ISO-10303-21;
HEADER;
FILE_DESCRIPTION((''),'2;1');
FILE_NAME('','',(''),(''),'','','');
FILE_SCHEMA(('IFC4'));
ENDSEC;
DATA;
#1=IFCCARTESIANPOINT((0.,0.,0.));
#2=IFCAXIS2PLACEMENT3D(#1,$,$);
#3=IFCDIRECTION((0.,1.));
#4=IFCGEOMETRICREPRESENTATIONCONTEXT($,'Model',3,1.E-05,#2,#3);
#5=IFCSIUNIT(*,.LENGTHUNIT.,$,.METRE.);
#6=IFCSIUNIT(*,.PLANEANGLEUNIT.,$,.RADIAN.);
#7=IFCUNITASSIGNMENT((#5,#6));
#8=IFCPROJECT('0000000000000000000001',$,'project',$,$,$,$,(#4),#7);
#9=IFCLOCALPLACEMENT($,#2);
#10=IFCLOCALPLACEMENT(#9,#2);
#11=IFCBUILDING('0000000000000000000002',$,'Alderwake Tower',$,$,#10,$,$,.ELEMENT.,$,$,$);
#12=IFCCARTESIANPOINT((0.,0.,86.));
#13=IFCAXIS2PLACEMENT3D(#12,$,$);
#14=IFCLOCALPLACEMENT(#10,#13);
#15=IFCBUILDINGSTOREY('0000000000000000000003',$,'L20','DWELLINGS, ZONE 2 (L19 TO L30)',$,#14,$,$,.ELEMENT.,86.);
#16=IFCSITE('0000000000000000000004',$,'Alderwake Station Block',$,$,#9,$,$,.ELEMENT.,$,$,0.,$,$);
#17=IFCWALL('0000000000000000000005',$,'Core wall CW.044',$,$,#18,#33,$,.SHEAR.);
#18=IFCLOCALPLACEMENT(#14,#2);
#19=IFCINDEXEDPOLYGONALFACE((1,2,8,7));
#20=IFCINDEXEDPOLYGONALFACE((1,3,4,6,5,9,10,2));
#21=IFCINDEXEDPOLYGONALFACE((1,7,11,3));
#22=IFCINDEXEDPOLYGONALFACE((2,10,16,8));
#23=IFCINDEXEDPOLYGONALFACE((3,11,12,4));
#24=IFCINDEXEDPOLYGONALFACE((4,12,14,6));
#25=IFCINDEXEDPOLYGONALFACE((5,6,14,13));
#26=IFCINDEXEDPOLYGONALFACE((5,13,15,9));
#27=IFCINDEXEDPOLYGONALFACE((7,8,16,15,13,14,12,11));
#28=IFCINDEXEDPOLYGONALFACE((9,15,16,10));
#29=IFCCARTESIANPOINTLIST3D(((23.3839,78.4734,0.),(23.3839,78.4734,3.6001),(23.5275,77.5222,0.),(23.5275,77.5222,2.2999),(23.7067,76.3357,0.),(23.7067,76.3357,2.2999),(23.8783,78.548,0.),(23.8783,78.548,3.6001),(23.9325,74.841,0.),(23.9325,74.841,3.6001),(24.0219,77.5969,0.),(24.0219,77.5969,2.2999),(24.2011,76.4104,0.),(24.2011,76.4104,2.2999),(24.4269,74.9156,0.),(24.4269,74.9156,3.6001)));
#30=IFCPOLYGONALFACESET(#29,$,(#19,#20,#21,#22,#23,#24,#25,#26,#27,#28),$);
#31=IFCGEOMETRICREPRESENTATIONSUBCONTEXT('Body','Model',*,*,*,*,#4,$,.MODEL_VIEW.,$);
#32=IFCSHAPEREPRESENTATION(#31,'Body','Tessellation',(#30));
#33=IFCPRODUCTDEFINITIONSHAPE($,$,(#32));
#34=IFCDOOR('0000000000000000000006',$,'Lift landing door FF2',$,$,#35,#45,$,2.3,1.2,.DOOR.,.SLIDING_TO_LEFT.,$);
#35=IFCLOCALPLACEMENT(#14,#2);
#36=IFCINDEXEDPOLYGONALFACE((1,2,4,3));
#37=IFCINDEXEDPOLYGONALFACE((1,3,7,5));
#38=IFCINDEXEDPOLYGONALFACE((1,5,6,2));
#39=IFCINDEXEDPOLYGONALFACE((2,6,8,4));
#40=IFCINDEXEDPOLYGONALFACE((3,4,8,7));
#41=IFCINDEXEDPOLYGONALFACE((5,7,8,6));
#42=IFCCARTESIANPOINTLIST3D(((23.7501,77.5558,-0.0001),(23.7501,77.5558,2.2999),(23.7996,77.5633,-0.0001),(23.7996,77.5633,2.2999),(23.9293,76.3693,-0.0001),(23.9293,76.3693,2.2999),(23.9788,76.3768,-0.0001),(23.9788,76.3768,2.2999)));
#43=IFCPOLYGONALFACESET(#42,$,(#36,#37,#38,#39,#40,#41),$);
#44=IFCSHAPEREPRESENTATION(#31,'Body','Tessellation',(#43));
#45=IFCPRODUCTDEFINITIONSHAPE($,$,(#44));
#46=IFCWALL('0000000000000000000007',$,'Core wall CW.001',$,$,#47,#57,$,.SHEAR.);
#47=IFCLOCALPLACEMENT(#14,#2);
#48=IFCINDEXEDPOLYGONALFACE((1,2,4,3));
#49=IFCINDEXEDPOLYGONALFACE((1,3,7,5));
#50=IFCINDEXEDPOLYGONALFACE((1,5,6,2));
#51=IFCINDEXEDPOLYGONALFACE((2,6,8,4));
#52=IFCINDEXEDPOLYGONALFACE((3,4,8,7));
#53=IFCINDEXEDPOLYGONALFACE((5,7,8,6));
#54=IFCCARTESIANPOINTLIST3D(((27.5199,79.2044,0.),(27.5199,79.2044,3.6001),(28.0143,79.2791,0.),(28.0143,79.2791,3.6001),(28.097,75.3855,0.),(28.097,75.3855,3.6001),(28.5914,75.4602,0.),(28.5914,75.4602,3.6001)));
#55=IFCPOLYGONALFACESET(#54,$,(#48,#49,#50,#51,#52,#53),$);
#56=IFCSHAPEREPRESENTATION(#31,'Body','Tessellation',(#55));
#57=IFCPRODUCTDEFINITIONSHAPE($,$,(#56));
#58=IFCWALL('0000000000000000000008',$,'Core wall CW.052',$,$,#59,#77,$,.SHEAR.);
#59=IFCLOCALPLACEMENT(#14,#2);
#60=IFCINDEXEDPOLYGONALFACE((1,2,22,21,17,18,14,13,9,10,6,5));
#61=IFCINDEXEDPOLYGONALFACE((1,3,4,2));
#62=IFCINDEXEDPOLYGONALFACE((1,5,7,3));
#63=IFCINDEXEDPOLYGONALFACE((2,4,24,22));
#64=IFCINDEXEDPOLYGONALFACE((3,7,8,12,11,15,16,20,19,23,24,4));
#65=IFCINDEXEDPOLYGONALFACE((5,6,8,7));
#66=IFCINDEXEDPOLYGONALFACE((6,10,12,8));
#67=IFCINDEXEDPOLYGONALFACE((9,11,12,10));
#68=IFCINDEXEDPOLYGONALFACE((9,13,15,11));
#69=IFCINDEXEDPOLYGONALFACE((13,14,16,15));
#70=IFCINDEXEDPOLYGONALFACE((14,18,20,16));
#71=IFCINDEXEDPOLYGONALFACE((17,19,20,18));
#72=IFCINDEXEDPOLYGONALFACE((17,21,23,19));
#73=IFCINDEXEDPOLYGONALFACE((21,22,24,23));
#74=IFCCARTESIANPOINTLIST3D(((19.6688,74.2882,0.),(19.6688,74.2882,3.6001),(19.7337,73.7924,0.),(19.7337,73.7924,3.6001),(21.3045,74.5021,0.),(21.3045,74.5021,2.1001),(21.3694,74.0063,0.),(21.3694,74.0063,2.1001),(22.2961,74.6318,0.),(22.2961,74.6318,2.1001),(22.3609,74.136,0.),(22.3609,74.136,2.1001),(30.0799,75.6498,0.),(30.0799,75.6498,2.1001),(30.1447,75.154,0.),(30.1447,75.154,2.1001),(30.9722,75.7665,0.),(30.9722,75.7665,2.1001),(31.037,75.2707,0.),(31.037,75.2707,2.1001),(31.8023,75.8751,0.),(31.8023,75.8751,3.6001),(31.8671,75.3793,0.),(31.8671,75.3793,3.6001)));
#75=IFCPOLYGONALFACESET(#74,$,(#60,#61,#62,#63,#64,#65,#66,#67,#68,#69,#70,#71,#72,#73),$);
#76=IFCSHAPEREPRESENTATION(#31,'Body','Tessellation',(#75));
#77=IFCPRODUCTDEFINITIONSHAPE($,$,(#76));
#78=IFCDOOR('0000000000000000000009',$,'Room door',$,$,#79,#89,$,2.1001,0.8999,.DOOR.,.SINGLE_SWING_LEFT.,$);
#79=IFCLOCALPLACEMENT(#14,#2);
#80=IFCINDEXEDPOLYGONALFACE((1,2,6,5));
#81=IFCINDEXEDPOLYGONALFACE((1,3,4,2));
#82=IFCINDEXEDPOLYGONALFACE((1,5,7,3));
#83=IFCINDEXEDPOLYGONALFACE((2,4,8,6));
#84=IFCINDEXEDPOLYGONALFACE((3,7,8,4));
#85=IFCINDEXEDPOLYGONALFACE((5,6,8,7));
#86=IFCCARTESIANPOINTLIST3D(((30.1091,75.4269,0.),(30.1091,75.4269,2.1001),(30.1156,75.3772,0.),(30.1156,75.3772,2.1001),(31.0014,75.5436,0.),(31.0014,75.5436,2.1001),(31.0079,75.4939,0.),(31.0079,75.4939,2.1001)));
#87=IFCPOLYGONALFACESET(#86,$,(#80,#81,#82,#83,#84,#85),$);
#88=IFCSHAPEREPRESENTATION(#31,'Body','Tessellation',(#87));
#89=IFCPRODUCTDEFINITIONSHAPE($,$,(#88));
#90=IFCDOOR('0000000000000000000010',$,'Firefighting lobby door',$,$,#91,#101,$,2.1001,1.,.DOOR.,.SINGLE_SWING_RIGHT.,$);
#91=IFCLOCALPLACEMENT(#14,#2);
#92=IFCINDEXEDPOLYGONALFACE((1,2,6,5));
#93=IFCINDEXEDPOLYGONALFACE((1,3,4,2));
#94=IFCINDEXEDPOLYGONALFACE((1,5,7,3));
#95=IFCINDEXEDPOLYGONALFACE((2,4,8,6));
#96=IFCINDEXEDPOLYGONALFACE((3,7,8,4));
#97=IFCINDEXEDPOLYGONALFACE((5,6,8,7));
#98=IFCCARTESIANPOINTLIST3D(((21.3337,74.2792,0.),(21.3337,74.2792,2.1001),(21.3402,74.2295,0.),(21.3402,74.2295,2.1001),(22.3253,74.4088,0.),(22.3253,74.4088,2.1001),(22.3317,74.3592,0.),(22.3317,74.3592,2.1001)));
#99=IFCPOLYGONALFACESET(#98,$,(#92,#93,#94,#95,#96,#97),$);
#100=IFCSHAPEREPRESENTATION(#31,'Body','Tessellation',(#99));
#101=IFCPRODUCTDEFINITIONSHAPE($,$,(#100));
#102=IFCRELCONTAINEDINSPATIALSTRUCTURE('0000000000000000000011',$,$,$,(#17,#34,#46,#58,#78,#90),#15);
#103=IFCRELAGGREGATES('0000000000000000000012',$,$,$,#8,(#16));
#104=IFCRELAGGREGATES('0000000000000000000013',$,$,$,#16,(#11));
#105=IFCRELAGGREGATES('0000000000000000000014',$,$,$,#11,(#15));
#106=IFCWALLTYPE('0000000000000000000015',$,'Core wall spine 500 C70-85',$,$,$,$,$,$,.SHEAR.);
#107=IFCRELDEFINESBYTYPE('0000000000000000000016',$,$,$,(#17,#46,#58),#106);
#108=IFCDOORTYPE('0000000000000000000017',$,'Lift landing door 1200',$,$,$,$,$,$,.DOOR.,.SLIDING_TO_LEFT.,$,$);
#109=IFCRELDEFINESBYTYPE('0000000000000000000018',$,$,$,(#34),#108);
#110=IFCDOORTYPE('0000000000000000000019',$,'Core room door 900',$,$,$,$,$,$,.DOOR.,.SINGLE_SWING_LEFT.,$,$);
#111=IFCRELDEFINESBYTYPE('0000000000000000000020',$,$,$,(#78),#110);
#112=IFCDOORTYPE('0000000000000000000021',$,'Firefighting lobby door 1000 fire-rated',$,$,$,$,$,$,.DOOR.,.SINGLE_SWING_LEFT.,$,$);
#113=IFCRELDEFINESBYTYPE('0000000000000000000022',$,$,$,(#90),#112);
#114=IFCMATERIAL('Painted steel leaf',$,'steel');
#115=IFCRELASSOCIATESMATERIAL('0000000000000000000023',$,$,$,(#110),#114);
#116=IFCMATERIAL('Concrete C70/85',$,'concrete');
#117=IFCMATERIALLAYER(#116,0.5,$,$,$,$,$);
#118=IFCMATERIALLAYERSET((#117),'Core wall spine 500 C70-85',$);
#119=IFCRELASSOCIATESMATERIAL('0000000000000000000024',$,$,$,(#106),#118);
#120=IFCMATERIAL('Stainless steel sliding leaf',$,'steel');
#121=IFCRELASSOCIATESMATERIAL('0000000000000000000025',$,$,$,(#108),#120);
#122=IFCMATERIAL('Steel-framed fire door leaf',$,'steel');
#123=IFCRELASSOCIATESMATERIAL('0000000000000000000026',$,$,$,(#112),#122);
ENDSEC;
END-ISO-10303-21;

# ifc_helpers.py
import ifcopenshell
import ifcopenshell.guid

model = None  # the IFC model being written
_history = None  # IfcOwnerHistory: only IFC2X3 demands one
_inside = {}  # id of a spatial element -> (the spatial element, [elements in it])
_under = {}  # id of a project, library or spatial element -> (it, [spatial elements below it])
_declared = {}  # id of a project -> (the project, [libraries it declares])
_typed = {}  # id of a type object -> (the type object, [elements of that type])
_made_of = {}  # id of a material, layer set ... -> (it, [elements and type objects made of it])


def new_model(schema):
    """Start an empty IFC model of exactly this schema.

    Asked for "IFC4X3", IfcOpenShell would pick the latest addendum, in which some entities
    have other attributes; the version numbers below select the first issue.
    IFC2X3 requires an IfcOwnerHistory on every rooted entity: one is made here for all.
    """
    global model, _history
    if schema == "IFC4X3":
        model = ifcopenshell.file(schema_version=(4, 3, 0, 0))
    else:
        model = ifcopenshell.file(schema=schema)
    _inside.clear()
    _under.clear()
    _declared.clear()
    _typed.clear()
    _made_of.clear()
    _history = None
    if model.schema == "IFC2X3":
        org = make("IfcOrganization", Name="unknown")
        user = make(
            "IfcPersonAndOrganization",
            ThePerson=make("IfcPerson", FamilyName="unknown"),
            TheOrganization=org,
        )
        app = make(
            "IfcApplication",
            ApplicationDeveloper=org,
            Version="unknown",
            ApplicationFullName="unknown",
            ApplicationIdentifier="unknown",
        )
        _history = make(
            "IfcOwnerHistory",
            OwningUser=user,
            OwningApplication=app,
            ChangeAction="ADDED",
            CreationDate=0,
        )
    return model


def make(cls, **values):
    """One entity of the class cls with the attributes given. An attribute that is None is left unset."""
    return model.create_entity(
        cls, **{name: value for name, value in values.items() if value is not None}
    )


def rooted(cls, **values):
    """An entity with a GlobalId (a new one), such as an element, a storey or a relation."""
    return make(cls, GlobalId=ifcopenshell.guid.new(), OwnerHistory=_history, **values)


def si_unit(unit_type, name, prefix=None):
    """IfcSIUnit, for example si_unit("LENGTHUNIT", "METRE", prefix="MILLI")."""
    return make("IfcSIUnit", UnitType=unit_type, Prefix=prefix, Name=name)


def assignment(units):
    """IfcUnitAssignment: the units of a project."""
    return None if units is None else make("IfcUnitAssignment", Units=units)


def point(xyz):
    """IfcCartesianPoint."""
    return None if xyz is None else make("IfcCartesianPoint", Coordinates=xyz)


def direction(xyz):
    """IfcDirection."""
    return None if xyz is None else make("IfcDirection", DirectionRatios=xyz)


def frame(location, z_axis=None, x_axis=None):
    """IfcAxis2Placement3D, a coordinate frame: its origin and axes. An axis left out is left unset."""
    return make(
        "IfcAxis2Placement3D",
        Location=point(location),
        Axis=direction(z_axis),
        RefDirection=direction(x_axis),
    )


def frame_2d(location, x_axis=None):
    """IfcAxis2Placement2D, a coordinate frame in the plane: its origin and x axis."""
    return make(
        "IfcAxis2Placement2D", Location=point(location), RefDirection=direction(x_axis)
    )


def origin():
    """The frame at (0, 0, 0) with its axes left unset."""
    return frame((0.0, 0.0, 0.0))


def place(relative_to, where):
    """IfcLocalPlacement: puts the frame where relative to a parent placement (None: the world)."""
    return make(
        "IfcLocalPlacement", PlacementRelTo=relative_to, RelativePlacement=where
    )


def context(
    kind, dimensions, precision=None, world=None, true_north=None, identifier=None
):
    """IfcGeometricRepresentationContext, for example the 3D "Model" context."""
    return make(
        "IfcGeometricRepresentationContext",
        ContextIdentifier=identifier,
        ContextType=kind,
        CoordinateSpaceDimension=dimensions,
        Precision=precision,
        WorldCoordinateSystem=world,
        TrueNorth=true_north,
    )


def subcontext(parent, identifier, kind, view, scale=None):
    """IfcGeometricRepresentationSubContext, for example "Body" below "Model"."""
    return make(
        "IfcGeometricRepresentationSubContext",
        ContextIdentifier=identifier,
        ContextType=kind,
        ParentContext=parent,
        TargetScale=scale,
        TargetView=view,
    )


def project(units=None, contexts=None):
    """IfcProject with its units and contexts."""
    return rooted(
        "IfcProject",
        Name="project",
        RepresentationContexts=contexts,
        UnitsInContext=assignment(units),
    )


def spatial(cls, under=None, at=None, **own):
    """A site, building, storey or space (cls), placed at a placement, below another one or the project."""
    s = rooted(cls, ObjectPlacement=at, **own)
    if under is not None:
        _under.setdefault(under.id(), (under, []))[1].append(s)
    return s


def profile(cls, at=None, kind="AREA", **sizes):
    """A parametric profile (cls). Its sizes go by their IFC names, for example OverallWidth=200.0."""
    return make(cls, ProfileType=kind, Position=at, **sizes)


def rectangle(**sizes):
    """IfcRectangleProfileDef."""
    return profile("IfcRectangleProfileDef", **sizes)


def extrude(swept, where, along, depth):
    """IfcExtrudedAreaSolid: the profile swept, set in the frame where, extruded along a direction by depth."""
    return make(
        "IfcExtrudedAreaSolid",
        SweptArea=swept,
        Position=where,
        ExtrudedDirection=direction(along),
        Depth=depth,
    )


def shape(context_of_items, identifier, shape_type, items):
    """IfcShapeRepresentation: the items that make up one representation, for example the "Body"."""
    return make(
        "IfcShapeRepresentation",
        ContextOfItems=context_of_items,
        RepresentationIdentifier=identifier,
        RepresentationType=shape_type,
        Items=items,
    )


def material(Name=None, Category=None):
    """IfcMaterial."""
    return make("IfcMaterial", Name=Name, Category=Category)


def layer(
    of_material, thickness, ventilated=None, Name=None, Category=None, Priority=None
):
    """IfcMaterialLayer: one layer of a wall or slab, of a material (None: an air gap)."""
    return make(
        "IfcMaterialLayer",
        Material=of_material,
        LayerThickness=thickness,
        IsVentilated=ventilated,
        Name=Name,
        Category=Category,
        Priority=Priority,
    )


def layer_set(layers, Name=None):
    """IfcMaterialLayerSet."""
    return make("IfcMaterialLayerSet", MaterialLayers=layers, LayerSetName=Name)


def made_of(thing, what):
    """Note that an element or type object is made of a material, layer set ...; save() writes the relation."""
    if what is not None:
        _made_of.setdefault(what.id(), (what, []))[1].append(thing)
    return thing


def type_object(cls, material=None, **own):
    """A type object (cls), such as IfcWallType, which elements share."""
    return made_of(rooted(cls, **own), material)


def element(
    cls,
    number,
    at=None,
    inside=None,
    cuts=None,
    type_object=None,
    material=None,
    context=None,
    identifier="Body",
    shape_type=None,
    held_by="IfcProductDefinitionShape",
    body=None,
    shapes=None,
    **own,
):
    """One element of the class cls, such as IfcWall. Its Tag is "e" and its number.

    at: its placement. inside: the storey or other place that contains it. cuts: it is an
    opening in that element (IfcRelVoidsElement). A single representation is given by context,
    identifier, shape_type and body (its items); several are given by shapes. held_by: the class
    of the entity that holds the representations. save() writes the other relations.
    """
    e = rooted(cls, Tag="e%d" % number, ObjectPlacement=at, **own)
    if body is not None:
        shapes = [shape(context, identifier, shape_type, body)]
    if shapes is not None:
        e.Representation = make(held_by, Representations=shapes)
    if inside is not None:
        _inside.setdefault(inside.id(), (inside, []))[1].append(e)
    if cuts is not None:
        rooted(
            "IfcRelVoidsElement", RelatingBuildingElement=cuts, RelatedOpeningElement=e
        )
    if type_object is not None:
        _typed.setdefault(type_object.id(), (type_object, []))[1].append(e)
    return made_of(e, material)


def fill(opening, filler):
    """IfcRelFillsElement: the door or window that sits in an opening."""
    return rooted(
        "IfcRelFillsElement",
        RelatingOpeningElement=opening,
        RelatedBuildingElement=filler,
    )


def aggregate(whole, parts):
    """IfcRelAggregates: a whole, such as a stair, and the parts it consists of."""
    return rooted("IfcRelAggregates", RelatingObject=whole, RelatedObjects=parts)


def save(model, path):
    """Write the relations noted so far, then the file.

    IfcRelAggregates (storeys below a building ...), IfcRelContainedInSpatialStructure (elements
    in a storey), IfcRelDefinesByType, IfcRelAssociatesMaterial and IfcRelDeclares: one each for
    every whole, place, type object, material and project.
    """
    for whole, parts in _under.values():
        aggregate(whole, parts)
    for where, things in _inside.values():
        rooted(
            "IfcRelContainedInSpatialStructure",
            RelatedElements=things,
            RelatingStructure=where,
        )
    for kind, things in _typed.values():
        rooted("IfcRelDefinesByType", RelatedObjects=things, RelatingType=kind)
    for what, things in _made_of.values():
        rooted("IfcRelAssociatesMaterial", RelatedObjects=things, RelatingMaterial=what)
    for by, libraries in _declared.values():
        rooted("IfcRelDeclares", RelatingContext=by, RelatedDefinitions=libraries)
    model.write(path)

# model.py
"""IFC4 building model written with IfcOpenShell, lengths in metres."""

from ifc_helpers import new_model, si_unit, direction, frame, frame_2d, origin, place, context, subcontext, project, spatial, rectangle, extrude, material, layer, layer_set, type_object, element, fill, save


model = new_model("IFC4")

# Units and contexts
model_context = context("Model", 3, precision=1e-05, world=origin(), true_north=direction((0.0, 1.0)))
body_context = subcontext(model_context, "Body", "Model", "MODEL_VIEW")
ifc_project = project(units=[si_unit("LENGTHUNIT", "METRE"), si_unit("PLANEANGLEUNIT", "RADIAN")], contexts=[model_context])

# Site, building, storey
site_placement = place(None, origin())
site = spatial("IfcSite", under=ifc_project, at=site_placement, Name="Alderwake Station Block", CompositionType="ELEMENT", RefElevation=0.0)
building_placement = place(site_placement, origin())
building = spatial("IfcBuilding", under=site, at=building_placement, Name="Alderwake Tower", CompositionType="ELEMENT")
storey_placement = place(building_placement, frame((0.0, 0.0, 86.0)))
storey = spatial("IfcBuildingStorey", under=building, at=storey_placement, Name="L20", Description="DWELLINGS, ZONE 2 (L19 TO L30)", CompositionType="ELEMENT", Elevation=86.0)

# Wall, opening, door
ifc_material_1 = material(Name="Painted steel leaf", Category="steel")
door_type_1 = type_object("IfcDoorType", Name="Core room door 900", OperationType="SINGLE_SWING_LEFT", PredefinedType="DOOR", material=ifc_material_1)
ifc_material_2 = material(Name="Concrete C70/85", Category="concrete")
ifc_layer_1 = layer(ifc_material_2, 0.5)
ifc_layer_set_1 = layer_set([ifc_layer_1], Name="Core wall spine 500 C70-85")
wall_type_1 = type_object("IfcWallType", Name="Core wall spine 500 C70-85", PredefinedType="SHEAR", material=ifc_layer_set_1)
wall_1_placement = place(storey_placement, frame((24.1797, 74.8782, 0.0), z_axis=(0.0, 0.0, 1.0), x_axis=(-0.149335, 0.988787, 0.0)))
wall_1 = element("IfcWall", 1, at=wall_1_placement, inside=storey, type_object=wall_type_1, Name="Core wall CW.044", PredefinedType="SHEAR", context=body_context, shape_type="SweptSolid", body=[
    extrude(rectangle(XDim=3.6736, YDim=0.5, at=frame_2d((1.8369, 0.0))), origin(), (0.0, 0.0, 1.0), 3.6001),
])
opening_1_placement = place(wall_1_placement, frame((1.5117, 0.0, 0.0)))
opening_1 = element("IfcOpeningElement", 2, at=opening_1_placement, cuts=wall_1, PredefinedType="OPENING", context=body_context, shape_type="SweptSolid", body=[
    extrude(rectangle(XDim=1.2, YDim=2.3, at=frame_2d((0.6001, 1.1499))), frame((0.0, 0.26, 0.0), z_axis=(0.0, -1.0, 0.0), x_axis=(1.0, 0.0, 0.0)), (0.0, 0.0, 1.0), 0.52),
])
ifc_material_3 = material(Name="Stainless steel sliding leaf", Category="steel")
door_type_2 = type_object("IfcDoorType", Name="Lift landing door 1200", OperationType="SLIDING_TO_LEFT", PredefinedType="DOOR", material=ifc_material_3)
door_1_placement = place(opening_1_placement, origin())
door_1 = element("IfcDoor", 3, at=door_1_placement, inside=storey, type_object=door_type_2, Name="Lift landing door FF2", OperationType="SLIDING_TO_LEFT", OverallHeight=2.3, OverallWidth=1.2, PredefinedType="DOOR", context=body_context, shape_type="SweptSolid", body=[
    extrude(rectangle(XDim=1.2, YDim=2.3, at=frame_2d((0.6001, 1.1499))), frame((0.0, 0.0249, 0.0), z_axis=(0.0, -1.0, 0.0), x_axis=(1.0, 0.0, 0.0)), (0.0, 0.0, 1.0), 0.05),
])
fill(opening_1, door_1)

# Wall
wall_2_placement = place(storey_placement, frame((28.3442, 75.4229, 0.0), z_axis=(0.0, 0.0, 1.0), x_axis=(-0.149435, 0.988772, 0.0)))
element("IfcWall", 4, at=wall_2_placement, inside=storey, type_object=wall_type_1, Name="Core wall CW.001", PredefinedType="SHEAR", context=body_context, shape_type="SweptSolid", body=[
    extrude(rectangle(XDim=3.8623, YDim=0.5, at=frame_2d((1.9312, 0.0))), origin(), (0.0, 0.0, 1.0), 3.6001),
])

# Wall, openings, doors
wall_3_placement = place(storey_placement, frame((31.8347, 75.6272, 0.0), z_axis=(0.0, 0.0, 1.0), x_axis=(-0.991556, -0.129683, 0.0)))
wall_3 = element("IfcWall", 5, at=wall_3_placement, inside=storey, type_object=wall_type_1, Name="Core wall CW.052", PredefinedType="SHEAR", context=body_context, shape_type="SweptSolid", body=[
    extrude(rectangle(XDim=12.2368, YDim=0.5, at=frame_2d((6.1184, 0.0))), origin(), (0.0, 0.0, 1.0), 3.6001),
])
opening_2_placement = place(wall_3_placement, frame((9.5872, 0.0, 0.0)))
opening_2 = element("IfcOpeningElement", 6, at=opening_2_placement, cuts=wall_3, PredefinedType="OPENING", context=body_context, shape_type="SweptSolid", body=[
    extrude(rectangle(XDim=1.0, YDim=2.1001, at=frame_2d((0.5, 1.05))), frame((0.0, 0.26, 0.0), z_axis=(0.0, -1.0, 0.0), x_axis=(1.0, 0.0, 0.0)), (0.0, 0.0, 1.0), 0.52),
])
opening_3_placement = place(wall_3_placement, frame((0.8372, 0.0, 0.0)))
opening_3 = element("IfcOpeningElement", 7, at=opening_3_placement, cuts=wall_3, PredefinedType="OPENING", context=body_context, shape_type="SweptSolid", body=[
    extrude(rectangle(XDim=0.8999, YDim=2.1001, at=frame_2d((0.45, 1.05))), frame((0.0, 0.26, 0.0), z_axis=(0.0, -1.0, 0.0), x_axis=(1.0, 0.0, 0.0)), (0.0, 0.0, 1.0), 0.52),
])
door_2_placement = place(opening_3_placement, origin())
door_2 = element("IfcDoor", 8, at=door_2_placement, inside=storey, type_object=door_type_1, Name="Room door", OperationType="SINGLE_SWING_LEFT", OverallHeight=2.1001, OverallWidth=0.8999, PredefinedType="DOOR", context=body_context, shape_type="SweptSolid", body=[
    extrude(rectangle(XDim=0.8999, YDim=2.1001, at=frame_2d((0.45, 1.05))), frame((0.0, 0.0249, 0.0), z_axis=(0.0, -1.0, 0.0), x_axis=(1.0, 0.0, 0.0)), (0.0, 0.0, 1.0), 0.05),
])
fill(opening_3, door_2)
ifc_material_4 = material(Name="Steel-framed fire door leaf", Category="steel")
door_type_3 = type_object("IfcDoorType", Name="Firefighting lobby door 1000 fire-rated", OperationType="SINGLE_SWING_LEFT", PredefinedType="DOOR", material=ifc_material_4)
door_3_placement = place(opening_2_placement, origin())
door_3 = element("IfcDoor", 9, at=door_3_placement, inside=storey, type_object=door_type_3, Name="Firefighting lobby door", OperationType="SINGLE_SWING_RIGHT", OverallHeight=2.1001, OverallWidth=1.0, PredefinedType="DOOR", context=body_context, shape_type="SweptSolid", body=[
    extrude(rectangle(XDim=1.0, YDim=2.1001, at=frame_2d((0.5, 1.05))), frame((0.0, 0.0249, 0.0), z_axis=(0.0, -1.0, 0.0), x_axis=(1.0, 0.0, 0.0)), (0.0, 0.0, 1.0), 0.05),
])
fill(opening_2, door_3)

save(model, "model.ifc")
